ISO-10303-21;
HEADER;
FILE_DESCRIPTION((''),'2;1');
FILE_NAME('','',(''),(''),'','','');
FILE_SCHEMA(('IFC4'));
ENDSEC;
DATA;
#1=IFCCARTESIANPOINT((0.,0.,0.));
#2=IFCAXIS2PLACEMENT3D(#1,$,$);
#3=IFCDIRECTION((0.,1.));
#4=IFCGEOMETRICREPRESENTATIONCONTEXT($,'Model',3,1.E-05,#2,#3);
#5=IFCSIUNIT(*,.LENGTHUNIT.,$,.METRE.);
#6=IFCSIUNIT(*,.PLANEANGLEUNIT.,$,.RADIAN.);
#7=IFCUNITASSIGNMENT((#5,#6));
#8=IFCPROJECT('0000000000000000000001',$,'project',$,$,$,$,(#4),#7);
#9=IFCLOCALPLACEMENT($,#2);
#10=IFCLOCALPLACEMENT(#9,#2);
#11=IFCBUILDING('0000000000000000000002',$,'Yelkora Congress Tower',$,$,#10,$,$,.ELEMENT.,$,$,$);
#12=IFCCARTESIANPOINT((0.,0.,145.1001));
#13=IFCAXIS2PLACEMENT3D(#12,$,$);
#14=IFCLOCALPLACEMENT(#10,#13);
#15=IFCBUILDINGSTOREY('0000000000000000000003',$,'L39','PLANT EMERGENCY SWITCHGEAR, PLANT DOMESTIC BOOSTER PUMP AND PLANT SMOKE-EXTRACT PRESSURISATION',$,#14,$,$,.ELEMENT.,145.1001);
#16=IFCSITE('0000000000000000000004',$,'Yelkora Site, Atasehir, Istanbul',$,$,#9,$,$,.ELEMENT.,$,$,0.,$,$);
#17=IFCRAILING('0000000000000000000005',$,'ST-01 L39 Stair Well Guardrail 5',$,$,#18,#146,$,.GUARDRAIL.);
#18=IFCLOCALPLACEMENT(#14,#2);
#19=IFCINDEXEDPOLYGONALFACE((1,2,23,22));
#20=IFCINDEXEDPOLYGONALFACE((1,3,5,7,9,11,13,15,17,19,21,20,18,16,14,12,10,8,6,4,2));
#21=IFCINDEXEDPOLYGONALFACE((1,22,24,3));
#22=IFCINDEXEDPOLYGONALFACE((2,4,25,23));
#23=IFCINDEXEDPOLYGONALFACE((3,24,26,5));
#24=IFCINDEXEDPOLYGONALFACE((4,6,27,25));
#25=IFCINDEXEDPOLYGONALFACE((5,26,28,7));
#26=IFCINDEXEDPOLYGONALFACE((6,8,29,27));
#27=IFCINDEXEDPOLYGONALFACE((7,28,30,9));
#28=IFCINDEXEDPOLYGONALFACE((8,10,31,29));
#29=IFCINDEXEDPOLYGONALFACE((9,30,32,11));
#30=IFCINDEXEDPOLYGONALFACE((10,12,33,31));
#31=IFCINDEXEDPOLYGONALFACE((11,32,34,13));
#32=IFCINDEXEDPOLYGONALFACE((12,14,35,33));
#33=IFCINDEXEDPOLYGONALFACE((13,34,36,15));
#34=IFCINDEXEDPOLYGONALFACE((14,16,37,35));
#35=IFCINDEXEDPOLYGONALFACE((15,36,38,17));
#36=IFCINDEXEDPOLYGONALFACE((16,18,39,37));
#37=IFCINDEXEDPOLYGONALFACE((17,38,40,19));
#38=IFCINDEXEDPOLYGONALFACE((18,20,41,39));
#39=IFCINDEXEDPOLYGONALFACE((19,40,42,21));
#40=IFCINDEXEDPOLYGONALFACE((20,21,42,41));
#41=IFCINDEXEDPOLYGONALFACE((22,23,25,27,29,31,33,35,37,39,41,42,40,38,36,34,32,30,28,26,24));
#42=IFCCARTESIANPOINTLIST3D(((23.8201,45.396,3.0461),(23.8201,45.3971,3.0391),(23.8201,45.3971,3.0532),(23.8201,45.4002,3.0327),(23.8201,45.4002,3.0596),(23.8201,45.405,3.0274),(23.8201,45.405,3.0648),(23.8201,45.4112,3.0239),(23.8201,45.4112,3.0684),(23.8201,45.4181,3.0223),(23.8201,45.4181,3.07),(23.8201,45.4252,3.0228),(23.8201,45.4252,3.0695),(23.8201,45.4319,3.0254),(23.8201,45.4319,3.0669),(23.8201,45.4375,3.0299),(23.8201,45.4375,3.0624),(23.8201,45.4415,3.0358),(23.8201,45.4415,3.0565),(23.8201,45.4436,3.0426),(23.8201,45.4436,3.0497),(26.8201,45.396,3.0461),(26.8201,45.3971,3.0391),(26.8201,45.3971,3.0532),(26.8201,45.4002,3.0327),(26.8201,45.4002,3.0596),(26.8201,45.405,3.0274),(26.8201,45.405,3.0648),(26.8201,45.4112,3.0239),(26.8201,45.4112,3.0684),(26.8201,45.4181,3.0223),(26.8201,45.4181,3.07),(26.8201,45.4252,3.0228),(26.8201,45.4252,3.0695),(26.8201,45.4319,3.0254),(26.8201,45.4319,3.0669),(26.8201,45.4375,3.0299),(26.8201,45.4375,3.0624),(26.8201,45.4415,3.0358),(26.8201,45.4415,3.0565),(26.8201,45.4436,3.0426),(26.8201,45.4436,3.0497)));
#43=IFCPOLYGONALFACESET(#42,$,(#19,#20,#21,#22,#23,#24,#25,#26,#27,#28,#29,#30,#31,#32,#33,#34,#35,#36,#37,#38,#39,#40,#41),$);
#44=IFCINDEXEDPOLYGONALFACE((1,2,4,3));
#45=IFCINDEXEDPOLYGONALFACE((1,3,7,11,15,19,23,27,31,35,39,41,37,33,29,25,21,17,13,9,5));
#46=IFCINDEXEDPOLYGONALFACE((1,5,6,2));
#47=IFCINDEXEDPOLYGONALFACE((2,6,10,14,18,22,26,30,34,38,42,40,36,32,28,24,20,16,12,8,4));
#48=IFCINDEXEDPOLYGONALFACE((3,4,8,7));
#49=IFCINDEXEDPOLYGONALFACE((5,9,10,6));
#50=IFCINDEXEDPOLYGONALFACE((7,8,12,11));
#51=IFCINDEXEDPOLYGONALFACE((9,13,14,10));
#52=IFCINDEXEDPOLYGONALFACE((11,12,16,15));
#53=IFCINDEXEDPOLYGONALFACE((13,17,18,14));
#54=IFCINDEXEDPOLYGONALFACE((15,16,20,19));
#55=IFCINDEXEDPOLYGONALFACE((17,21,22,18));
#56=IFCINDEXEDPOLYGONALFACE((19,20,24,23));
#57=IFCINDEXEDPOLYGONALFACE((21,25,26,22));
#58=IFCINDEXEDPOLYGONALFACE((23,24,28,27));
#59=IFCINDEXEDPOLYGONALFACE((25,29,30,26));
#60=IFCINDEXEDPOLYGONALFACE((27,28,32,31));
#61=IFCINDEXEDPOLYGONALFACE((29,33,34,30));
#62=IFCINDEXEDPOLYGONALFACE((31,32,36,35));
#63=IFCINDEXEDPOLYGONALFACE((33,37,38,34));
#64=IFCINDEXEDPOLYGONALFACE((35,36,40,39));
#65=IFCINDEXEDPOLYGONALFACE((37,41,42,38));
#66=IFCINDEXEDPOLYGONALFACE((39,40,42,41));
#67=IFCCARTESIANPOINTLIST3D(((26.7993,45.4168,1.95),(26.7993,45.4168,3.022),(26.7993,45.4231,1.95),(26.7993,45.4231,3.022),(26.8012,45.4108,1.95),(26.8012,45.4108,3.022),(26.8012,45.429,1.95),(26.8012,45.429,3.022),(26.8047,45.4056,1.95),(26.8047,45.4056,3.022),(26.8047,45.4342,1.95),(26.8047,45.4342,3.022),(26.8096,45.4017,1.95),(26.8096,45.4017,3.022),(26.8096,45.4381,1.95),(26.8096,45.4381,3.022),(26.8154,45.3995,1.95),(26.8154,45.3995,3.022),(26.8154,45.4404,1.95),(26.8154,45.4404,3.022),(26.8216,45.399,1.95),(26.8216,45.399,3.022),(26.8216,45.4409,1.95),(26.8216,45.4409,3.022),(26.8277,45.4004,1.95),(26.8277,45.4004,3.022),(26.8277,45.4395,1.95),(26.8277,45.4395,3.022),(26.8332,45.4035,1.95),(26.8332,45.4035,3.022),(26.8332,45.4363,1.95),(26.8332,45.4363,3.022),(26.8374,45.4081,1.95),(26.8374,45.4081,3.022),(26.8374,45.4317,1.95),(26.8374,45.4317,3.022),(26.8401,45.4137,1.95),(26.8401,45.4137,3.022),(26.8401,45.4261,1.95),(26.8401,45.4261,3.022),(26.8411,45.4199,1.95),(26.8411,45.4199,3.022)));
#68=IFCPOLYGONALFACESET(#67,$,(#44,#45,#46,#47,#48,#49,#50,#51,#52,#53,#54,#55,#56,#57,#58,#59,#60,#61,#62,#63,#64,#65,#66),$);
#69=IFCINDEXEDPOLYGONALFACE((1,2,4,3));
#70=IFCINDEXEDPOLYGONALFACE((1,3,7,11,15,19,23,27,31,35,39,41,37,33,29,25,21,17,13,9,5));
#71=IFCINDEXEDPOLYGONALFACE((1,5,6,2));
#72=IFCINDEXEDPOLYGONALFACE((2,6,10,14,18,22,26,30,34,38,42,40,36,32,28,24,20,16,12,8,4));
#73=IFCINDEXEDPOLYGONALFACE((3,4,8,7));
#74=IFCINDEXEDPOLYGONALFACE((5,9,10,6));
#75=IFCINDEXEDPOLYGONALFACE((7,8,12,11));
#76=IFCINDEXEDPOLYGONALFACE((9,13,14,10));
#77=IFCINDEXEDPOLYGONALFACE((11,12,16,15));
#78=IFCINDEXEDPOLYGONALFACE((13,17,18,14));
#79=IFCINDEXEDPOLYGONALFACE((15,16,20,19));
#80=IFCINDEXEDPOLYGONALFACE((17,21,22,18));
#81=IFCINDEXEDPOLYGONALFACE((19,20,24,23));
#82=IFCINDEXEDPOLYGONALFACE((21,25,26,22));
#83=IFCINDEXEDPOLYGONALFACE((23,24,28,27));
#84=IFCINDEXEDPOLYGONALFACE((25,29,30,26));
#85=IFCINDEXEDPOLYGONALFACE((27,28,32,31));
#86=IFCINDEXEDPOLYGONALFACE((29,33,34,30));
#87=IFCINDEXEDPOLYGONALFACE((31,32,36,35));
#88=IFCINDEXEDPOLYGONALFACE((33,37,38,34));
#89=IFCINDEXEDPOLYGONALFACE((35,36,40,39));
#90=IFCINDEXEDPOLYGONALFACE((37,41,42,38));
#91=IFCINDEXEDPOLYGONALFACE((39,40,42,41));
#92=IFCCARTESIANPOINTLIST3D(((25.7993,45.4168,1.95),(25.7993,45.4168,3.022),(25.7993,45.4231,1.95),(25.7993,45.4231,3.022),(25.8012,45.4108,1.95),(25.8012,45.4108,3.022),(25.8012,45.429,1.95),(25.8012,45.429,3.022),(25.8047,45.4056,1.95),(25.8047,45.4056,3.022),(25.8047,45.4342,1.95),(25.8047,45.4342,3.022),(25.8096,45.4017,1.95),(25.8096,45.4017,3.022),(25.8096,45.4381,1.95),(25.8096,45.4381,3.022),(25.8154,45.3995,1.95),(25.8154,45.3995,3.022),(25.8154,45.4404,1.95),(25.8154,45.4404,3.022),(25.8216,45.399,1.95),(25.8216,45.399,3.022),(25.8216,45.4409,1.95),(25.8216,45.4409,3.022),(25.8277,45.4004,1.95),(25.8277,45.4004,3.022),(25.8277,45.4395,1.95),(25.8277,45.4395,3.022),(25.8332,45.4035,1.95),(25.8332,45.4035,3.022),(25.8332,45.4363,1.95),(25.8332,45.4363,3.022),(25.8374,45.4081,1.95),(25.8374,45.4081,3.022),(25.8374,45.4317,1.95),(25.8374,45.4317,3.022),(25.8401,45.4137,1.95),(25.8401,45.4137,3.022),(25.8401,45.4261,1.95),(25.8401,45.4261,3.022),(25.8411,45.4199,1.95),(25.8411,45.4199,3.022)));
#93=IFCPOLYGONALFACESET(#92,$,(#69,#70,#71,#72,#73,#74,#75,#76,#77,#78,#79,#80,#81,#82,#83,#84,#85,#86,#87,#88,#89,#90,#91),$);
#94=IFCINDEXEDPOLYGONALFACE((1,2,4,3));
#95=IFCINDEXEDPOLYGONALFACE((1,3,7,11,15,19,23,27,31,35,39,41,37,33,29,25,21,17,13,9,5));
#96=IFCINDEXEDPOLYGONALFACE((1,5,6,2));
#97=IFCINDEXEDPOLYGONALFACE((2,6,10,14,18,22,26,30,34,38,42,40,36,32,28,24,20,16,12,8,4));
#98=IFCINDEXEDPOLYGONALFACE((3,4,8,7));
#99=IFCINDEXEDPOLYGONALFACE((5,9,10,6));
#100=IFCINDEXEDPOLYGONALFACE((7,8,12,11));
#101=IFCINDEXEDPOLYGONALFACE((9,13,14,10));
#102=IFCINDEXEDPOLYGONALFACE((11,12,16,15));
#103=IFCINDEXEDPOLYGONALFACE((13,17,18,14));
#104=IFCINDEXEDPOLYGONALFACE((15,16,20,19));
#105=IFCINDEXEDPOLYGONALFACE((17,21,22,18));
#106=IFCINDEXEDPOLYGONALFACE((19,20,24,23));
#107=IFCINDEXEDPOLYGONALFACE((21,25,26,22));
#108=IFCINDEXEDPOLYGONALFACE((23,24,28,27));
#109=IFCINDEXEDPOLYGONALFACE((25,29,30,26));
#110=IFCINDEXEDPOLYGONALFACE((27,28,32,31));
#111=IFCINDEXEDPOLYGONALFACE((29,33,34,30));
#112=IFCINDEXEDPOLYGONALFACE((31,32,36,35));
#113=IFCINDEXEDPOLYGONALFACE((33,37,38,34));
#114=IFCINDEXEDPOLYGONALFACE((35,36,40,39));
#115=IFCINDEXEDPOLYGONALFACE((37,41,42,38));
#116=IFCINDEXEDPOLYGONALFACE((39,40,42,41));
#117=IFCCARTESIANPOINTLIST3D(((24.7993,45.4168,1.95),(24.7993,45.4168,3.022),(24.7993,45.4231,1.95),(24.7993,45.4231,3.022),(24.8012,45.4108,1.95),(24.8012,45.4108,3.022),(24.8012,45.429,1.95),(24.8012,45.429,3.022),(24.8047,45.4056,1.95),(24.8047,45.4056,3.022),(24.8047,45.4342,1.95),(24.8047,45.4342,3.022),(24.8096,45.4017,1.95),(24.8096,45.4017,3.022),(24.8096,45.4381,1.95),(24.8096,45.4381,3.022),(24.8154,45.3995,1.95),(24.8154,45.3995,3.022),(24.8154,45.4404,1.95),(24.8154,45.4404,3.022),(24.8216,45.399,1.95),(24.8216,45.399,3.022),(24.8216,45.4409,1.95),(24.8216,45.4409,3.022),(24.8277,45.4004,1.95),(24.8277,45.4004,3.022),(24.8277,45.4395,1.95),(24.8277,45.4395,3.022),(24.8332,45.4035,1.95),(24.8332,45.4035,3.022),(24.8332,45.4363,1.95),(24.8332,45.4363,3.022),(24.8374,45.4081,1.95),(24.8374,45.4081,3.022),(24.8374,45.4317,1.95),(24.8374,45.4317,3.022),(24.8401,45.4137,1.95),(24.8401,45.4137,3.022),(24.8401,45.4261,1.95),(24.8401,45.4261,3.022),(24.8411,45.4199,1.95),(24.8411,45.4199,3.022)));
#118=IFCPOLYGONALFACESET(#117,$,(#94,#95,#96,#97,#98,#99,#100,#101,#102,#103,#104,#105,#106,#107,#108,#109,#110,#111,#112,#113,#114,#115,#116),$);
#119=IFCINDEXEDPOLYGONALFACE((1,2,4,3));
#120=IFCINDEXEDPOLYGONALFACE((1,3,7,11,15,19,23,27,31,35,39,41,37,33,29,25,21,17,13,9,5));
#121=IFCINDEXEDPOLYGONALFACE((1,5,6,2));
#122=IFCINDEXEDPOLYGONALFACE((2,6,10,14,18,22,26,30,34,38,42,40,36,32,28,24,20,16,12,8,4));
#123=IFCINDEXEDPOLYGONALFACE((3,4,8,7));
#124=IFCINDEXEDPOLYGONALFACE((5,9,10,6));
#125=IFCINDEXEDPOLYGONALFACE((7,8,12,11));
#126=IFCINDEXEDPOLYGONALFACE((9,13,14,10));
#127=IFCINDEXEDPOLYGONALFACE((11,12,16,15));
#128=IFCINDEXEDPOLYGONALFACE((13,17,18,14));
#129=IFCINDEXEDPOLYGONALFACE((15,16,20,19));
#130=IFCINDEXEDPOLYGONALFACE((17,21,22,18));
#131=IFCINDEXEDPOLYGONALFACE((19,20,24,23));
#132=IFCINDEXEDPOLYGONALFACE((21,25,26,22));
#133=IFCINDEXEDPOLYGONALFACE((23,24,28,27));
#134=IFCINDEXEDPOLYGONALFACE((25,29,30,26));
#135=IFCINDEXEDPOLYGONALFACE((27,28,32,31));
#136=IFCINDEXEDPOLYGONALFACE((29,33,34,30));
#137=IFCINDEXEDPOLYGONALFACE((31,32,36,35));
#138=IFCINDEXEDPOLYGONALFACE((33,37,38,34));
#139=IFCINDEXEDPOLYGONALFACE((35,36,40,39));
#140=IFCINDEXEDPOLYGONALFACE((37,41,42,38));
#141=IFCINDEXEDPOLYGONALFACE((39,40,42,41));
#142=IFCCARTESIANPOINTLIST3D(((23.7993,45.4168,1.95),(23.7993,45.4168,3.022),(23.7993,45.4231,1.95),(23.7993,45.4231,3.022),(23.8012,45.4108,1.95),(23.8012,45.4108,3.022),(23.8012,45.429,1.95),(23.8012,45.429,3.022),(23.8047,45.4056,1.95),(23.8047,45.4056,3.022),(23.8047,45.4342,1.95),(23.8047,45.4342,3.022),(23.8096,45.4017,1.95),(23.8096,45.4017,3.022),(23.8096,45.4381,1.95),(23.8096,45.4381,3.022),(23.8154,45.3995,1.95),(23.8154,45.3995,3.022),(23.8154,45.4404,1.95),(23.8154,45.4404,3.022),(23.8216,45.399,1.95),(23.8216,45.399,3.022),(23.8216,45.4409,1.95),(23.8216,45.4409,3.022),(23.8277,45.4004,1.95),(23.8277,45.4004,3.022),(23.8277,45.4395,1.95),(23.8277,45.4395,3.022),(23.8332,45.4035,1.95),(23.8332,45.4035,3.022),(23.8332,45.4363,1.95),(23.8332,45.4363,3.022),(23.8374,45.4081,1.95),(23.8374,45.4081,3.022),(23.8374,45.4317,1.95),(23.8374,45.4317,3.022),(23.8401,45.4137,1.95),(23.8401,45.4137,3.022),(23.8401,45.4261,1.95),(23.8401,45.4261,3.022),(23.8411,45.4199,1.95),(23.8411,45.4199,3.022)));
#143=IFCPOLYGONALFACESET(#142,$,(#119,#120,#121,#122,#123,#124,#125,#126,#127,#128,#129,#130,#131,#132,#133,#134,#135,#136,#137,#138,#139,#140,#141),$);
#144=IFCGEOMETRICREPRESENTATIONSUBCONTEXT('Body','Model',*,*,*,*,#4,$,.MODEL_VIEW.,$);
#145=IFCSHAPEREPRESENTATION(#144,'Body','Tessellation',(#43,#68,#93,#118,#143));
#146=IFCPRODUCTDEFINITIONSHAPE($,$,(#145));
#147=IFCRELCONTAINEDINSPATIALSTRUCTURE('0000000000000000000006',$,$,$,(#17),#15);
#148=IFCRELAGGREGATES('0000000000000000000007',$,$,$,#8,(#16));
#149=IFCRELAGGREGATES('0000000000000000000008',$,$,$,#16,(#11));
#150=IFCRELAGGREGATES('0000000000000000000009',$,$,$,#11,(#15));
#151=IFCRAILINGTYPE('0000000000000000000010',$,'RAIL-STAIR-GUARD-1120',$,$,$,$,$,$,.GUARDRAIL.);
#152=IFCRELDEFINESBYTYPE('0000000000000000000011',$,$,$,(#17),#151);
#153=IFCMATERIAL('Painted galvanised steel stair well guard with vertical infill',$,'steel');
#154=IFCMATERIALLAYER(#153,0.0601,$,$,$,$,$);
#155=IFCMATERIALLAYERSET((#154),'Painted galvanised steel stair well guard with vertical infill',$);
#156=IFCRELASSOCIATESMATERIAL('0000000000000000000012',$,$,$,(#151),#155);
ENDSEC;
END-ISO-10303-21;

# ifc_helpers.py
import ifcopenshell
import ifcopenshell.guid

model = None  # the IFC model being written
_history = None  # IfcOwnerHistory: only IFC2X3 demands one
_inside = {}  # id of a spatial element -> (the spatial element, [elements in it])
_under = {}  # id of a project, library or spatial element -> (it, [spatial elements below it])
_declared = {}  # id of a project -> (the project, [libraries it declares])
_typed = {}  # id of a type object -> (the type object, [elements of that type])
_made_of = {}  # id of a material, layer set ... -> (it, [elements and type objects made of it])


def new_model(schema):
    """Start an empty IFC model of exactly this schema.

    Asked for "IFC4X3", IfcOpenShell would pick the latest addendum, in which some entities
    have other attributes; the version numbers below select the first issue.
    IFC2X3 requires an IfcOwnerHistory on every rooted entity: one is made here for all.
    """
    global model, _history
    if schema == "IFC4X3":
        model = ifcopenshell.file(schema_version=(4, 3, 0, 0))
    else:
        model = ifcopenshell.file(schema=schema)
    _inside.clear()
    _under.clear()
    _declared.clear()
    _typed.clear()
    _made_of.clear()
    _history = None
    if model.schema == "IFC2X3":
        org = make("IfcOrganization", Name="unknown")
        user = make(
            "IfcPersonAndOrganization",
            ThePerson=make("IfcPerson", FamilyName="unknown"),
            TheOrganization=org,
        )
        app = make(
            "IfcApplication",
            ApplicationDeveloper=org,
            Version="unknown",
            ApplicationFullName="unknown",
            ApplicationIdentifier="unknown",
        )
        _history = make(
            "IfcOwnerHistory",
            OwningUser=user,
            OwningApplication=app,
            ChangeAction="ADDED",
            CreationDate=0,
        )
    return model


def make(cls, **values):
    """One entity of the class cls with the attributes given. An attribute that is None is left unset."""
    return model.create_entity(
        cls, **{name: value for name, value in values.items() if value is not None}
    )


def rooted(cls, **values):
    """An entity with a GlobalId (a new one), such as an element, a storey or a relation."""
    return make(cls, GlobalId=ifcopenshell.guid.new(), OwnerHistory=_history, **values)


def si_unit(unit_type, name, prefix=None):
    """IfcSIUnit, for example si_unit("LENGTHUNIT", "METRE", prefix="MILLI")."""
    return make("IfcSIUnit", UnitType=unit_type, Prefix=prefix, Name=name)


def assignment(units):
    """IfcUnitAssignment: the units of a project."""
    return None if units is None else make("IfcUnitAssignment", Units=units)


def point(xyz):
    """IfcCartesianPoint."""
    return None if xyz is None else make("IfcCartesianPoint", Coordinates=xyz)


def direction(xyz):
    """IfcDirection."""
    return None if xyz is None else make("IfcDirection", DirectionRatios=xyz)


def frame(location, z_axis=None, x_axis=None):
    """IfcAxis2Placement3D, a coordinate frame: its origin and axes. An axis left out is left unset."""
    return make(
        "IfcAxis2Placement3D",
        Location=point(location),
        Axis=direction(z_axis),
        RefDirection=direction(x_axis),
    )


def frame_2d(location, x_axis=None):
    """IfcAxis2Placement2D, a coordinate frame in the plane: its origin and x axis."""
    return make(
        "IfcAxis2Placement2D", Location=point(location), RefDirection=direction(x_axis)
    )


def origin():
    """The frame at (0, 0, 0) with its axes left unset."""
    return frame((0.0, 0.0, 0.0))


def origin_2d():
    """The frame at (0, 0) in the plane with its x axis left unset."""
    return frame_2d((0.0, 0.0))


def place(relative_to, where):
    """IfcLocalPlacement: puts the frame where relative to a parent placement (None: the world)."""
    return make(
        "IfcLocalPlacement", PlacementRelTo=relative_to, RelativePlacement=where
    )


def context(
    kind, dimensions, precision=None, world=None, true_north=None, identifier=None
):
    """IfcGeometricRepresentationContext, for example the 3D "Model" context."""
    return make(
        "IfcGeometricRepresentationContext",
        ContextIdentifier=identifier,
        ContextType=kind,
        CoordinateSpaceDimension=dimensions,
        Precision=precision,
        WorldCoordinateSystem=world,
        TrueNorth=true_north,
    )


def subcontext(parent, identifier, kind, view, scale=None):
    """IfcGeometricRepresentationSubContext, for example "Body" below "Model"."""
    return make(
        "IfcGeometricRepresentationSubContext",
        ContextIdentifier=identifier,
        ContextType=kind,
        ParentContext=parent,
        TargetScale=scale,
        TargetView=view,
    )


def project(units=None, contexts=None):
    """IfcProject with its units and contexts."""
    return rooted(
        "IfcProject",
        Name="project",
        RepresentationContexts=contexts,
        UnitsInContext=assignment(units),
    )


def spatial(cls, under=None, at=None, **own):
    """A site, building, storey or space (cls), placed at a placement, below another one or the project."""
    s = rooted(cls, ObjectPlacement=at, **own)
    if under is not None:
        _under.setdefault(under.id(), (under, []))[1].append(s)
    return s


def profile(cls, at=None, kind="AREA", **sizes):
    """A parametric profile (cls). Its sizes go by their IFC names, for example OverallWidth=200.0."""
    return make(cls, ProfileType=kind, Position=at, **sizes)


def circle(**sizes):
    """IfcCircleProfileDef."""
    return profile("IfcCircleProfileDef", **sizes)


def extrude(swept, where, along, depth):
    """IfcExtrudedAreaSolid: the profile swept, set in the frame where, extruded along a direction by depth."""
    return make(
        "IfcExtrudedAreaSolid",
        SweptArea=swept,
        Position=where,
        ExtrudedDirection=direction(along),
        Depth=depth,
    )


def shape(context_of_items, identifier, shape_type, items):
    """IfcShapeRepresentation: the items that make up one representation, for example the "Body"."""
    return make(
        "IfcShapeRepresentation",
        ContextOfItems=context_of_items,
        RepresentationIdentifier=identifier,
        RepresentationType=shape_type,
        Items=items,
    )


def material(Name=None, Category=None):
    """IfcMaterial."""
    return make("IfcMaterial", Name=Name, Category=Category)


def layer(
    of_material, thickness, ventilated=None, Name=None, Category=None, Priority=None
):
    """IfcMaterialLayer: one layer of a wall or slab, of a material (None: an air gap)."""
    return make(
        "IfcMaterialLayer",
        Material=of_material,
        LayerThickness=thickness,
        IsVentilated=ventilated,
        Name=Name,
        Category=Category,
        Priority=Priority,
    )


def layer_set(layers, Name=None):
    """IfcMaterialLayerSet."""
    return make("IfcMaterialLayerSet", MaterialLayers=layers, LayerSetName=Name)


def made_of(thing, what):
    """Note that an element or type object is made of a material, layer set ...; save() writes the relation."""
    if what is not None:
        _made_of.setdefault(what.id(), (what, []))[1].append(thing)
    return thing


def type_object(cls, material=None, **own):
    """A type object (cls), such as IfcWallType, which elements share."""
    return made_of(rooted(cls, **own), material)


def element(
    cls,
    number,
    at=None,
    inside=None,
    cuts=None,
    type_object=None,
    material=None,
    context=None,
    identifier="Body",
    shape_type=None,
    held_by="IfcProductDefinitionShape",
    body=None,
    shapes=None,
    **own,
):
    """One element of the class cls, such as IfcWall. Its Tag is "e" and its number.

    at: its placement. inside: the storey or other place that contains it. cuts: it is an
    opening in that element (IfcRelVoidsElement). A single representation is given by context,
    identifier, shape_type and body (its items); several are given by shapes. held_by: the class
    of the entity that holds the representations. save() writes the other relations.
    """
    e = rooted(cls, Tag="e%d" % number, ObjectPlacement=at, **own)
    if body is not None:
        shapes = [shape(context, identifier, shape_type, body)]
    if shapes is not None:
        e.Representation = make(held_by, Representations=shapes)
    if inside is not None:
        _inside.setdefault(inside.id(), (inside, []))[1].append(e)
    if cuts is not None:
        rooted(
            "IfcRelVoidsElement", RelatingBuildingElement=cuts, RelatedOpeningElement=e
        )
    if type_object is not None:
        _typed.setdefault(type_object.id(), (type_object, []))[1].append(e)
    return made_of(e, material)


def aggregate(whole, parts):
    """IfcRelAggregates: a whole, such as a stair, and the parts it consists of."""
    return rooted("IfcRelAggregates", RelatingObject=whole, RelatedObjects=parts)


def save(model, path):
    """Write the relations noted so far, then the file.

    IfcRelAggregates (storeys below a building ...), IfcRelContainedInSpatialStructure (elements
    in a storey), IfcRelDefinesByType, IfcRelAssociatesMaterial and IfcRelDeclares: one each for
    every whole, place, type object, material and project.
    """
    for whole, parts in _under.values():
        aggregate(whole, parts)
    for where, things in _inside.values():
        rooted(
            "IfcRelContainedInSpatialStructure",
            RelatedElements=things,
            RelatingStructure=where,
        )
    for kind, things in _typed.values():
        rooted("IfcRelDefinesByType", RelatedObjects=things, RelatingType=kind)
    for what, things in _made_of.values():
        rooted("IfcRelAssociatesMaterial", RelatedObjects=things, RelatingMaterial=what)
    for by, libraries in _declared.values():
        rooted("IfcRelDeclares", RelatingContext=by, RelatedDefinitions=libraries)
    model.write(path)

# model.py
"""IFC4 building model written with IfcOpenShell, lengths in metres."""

from ifc_helpers import new_model, si_unit, direction, frame, origin, origin_2d, place, context, subcontext, project, spatial, circle, extrude, material, layer, layer_set, type_object, element, save


model = new_model("IFC4")

# Units and contexts
model_context = context("Model", 3, precision=1e-05, world=origin(), true_north=direction((0.0, 1.0)))
body_context = subcontext(model_context, "Body", "Model", "MODEL_VIEW")
ifc_project = project(units=[si_unit("LENGTHUNIT", "METRE"), si_unit("PLANEANGLEUNIT", "RADIAN")], contexts=[model_context])

# Site, building, storey
site_placement = place(None, origin())
site = spatial("IfcSite", under=ifc_project, at=site_placement, Name="Yelkora Site, Atasehir, Istanbul", CompositionType="ELEMENT", RefElevation=0.0)
building_placement = place(site_placement, origin())
building = spatial("IfcBuilding", under=site, at=building_placement, Name="Yelkora Congress Tower", CompositionType="ELEMENT")
storey_placement = place(building_placement, frame((0.0, 0.0, 145.1001)))
storey = spatial("IfcBuildingStorey", under=building, at=storey_placement, Name="L39", Description="PLANT EMERGENCY SWITCHGEAR, PLANT DOMESTIC BOOSTER PUMP AND PLANT SMOKE-EXTRACT PRESSURISATION", CompositionType="ELEMENT", Elevation=145.1001)

# Railing
ifc_material_1 = material(Name="Painted galvanised steel stair well guard with vertical infill", Category="steel")
ifc_layer_1 = layer(ifc_material_1, 0.0601)
ifc_layer_set_1 = layer_set([ifc_layer_1], Name="Painted galvanised steel stair well guard with vertical infill")
railing_type_1 = type_object("IfcRailingType", Name="RAIL-STAIR-GUARD-1120", PredefinedType="GUARDRAIL", material=ifc_layer_set_1)
railing_1_placement = place(storey_placement, frame((26.8201, 45.4199, 1.95)))
element("IfcRailing", 1, at=railing_1_placement, inside=storey, type_object=railing_type_1, Name="ST-01 L39 Stair Well Guardrail 5", PredefinedType="GUARDRAIL", context=body_context, shape_type="SweptSolid", body=[
    extrude(circle(Radius=0.0239, at=origin_2d()), frame((0.0, 0.0, 1.0962), z_axis=(-1.0, 0.0, 0.0), x_axis=(0.0, -1.0, 0.0)), (0.0, 0.0, 1.0), 3.0),
    extrude(circle(Radius=0.021, at=origin_2d()), origin(), (0.0, 0.0, 1.0), 1.072),
    extrude(circle(Radius=0.021, at=origin_2d()), frame((-1.0, 0.0, 0.0)), (0.0, 0.0, 1.0), 1.072),
    extrude(circle(Radius=0.021, at=origin_2d()), frame((-2.0, 0.0, 0.0)), (0.0, 0.0, 1.0), 1.072),
    extrude(circle(Radius=0.021, at=origin_2d()), frame((-3.0, 0.0, 0.0)), (0.0, 0.0, 1.0), 1.072),
])

save(model, "model.ifc")
